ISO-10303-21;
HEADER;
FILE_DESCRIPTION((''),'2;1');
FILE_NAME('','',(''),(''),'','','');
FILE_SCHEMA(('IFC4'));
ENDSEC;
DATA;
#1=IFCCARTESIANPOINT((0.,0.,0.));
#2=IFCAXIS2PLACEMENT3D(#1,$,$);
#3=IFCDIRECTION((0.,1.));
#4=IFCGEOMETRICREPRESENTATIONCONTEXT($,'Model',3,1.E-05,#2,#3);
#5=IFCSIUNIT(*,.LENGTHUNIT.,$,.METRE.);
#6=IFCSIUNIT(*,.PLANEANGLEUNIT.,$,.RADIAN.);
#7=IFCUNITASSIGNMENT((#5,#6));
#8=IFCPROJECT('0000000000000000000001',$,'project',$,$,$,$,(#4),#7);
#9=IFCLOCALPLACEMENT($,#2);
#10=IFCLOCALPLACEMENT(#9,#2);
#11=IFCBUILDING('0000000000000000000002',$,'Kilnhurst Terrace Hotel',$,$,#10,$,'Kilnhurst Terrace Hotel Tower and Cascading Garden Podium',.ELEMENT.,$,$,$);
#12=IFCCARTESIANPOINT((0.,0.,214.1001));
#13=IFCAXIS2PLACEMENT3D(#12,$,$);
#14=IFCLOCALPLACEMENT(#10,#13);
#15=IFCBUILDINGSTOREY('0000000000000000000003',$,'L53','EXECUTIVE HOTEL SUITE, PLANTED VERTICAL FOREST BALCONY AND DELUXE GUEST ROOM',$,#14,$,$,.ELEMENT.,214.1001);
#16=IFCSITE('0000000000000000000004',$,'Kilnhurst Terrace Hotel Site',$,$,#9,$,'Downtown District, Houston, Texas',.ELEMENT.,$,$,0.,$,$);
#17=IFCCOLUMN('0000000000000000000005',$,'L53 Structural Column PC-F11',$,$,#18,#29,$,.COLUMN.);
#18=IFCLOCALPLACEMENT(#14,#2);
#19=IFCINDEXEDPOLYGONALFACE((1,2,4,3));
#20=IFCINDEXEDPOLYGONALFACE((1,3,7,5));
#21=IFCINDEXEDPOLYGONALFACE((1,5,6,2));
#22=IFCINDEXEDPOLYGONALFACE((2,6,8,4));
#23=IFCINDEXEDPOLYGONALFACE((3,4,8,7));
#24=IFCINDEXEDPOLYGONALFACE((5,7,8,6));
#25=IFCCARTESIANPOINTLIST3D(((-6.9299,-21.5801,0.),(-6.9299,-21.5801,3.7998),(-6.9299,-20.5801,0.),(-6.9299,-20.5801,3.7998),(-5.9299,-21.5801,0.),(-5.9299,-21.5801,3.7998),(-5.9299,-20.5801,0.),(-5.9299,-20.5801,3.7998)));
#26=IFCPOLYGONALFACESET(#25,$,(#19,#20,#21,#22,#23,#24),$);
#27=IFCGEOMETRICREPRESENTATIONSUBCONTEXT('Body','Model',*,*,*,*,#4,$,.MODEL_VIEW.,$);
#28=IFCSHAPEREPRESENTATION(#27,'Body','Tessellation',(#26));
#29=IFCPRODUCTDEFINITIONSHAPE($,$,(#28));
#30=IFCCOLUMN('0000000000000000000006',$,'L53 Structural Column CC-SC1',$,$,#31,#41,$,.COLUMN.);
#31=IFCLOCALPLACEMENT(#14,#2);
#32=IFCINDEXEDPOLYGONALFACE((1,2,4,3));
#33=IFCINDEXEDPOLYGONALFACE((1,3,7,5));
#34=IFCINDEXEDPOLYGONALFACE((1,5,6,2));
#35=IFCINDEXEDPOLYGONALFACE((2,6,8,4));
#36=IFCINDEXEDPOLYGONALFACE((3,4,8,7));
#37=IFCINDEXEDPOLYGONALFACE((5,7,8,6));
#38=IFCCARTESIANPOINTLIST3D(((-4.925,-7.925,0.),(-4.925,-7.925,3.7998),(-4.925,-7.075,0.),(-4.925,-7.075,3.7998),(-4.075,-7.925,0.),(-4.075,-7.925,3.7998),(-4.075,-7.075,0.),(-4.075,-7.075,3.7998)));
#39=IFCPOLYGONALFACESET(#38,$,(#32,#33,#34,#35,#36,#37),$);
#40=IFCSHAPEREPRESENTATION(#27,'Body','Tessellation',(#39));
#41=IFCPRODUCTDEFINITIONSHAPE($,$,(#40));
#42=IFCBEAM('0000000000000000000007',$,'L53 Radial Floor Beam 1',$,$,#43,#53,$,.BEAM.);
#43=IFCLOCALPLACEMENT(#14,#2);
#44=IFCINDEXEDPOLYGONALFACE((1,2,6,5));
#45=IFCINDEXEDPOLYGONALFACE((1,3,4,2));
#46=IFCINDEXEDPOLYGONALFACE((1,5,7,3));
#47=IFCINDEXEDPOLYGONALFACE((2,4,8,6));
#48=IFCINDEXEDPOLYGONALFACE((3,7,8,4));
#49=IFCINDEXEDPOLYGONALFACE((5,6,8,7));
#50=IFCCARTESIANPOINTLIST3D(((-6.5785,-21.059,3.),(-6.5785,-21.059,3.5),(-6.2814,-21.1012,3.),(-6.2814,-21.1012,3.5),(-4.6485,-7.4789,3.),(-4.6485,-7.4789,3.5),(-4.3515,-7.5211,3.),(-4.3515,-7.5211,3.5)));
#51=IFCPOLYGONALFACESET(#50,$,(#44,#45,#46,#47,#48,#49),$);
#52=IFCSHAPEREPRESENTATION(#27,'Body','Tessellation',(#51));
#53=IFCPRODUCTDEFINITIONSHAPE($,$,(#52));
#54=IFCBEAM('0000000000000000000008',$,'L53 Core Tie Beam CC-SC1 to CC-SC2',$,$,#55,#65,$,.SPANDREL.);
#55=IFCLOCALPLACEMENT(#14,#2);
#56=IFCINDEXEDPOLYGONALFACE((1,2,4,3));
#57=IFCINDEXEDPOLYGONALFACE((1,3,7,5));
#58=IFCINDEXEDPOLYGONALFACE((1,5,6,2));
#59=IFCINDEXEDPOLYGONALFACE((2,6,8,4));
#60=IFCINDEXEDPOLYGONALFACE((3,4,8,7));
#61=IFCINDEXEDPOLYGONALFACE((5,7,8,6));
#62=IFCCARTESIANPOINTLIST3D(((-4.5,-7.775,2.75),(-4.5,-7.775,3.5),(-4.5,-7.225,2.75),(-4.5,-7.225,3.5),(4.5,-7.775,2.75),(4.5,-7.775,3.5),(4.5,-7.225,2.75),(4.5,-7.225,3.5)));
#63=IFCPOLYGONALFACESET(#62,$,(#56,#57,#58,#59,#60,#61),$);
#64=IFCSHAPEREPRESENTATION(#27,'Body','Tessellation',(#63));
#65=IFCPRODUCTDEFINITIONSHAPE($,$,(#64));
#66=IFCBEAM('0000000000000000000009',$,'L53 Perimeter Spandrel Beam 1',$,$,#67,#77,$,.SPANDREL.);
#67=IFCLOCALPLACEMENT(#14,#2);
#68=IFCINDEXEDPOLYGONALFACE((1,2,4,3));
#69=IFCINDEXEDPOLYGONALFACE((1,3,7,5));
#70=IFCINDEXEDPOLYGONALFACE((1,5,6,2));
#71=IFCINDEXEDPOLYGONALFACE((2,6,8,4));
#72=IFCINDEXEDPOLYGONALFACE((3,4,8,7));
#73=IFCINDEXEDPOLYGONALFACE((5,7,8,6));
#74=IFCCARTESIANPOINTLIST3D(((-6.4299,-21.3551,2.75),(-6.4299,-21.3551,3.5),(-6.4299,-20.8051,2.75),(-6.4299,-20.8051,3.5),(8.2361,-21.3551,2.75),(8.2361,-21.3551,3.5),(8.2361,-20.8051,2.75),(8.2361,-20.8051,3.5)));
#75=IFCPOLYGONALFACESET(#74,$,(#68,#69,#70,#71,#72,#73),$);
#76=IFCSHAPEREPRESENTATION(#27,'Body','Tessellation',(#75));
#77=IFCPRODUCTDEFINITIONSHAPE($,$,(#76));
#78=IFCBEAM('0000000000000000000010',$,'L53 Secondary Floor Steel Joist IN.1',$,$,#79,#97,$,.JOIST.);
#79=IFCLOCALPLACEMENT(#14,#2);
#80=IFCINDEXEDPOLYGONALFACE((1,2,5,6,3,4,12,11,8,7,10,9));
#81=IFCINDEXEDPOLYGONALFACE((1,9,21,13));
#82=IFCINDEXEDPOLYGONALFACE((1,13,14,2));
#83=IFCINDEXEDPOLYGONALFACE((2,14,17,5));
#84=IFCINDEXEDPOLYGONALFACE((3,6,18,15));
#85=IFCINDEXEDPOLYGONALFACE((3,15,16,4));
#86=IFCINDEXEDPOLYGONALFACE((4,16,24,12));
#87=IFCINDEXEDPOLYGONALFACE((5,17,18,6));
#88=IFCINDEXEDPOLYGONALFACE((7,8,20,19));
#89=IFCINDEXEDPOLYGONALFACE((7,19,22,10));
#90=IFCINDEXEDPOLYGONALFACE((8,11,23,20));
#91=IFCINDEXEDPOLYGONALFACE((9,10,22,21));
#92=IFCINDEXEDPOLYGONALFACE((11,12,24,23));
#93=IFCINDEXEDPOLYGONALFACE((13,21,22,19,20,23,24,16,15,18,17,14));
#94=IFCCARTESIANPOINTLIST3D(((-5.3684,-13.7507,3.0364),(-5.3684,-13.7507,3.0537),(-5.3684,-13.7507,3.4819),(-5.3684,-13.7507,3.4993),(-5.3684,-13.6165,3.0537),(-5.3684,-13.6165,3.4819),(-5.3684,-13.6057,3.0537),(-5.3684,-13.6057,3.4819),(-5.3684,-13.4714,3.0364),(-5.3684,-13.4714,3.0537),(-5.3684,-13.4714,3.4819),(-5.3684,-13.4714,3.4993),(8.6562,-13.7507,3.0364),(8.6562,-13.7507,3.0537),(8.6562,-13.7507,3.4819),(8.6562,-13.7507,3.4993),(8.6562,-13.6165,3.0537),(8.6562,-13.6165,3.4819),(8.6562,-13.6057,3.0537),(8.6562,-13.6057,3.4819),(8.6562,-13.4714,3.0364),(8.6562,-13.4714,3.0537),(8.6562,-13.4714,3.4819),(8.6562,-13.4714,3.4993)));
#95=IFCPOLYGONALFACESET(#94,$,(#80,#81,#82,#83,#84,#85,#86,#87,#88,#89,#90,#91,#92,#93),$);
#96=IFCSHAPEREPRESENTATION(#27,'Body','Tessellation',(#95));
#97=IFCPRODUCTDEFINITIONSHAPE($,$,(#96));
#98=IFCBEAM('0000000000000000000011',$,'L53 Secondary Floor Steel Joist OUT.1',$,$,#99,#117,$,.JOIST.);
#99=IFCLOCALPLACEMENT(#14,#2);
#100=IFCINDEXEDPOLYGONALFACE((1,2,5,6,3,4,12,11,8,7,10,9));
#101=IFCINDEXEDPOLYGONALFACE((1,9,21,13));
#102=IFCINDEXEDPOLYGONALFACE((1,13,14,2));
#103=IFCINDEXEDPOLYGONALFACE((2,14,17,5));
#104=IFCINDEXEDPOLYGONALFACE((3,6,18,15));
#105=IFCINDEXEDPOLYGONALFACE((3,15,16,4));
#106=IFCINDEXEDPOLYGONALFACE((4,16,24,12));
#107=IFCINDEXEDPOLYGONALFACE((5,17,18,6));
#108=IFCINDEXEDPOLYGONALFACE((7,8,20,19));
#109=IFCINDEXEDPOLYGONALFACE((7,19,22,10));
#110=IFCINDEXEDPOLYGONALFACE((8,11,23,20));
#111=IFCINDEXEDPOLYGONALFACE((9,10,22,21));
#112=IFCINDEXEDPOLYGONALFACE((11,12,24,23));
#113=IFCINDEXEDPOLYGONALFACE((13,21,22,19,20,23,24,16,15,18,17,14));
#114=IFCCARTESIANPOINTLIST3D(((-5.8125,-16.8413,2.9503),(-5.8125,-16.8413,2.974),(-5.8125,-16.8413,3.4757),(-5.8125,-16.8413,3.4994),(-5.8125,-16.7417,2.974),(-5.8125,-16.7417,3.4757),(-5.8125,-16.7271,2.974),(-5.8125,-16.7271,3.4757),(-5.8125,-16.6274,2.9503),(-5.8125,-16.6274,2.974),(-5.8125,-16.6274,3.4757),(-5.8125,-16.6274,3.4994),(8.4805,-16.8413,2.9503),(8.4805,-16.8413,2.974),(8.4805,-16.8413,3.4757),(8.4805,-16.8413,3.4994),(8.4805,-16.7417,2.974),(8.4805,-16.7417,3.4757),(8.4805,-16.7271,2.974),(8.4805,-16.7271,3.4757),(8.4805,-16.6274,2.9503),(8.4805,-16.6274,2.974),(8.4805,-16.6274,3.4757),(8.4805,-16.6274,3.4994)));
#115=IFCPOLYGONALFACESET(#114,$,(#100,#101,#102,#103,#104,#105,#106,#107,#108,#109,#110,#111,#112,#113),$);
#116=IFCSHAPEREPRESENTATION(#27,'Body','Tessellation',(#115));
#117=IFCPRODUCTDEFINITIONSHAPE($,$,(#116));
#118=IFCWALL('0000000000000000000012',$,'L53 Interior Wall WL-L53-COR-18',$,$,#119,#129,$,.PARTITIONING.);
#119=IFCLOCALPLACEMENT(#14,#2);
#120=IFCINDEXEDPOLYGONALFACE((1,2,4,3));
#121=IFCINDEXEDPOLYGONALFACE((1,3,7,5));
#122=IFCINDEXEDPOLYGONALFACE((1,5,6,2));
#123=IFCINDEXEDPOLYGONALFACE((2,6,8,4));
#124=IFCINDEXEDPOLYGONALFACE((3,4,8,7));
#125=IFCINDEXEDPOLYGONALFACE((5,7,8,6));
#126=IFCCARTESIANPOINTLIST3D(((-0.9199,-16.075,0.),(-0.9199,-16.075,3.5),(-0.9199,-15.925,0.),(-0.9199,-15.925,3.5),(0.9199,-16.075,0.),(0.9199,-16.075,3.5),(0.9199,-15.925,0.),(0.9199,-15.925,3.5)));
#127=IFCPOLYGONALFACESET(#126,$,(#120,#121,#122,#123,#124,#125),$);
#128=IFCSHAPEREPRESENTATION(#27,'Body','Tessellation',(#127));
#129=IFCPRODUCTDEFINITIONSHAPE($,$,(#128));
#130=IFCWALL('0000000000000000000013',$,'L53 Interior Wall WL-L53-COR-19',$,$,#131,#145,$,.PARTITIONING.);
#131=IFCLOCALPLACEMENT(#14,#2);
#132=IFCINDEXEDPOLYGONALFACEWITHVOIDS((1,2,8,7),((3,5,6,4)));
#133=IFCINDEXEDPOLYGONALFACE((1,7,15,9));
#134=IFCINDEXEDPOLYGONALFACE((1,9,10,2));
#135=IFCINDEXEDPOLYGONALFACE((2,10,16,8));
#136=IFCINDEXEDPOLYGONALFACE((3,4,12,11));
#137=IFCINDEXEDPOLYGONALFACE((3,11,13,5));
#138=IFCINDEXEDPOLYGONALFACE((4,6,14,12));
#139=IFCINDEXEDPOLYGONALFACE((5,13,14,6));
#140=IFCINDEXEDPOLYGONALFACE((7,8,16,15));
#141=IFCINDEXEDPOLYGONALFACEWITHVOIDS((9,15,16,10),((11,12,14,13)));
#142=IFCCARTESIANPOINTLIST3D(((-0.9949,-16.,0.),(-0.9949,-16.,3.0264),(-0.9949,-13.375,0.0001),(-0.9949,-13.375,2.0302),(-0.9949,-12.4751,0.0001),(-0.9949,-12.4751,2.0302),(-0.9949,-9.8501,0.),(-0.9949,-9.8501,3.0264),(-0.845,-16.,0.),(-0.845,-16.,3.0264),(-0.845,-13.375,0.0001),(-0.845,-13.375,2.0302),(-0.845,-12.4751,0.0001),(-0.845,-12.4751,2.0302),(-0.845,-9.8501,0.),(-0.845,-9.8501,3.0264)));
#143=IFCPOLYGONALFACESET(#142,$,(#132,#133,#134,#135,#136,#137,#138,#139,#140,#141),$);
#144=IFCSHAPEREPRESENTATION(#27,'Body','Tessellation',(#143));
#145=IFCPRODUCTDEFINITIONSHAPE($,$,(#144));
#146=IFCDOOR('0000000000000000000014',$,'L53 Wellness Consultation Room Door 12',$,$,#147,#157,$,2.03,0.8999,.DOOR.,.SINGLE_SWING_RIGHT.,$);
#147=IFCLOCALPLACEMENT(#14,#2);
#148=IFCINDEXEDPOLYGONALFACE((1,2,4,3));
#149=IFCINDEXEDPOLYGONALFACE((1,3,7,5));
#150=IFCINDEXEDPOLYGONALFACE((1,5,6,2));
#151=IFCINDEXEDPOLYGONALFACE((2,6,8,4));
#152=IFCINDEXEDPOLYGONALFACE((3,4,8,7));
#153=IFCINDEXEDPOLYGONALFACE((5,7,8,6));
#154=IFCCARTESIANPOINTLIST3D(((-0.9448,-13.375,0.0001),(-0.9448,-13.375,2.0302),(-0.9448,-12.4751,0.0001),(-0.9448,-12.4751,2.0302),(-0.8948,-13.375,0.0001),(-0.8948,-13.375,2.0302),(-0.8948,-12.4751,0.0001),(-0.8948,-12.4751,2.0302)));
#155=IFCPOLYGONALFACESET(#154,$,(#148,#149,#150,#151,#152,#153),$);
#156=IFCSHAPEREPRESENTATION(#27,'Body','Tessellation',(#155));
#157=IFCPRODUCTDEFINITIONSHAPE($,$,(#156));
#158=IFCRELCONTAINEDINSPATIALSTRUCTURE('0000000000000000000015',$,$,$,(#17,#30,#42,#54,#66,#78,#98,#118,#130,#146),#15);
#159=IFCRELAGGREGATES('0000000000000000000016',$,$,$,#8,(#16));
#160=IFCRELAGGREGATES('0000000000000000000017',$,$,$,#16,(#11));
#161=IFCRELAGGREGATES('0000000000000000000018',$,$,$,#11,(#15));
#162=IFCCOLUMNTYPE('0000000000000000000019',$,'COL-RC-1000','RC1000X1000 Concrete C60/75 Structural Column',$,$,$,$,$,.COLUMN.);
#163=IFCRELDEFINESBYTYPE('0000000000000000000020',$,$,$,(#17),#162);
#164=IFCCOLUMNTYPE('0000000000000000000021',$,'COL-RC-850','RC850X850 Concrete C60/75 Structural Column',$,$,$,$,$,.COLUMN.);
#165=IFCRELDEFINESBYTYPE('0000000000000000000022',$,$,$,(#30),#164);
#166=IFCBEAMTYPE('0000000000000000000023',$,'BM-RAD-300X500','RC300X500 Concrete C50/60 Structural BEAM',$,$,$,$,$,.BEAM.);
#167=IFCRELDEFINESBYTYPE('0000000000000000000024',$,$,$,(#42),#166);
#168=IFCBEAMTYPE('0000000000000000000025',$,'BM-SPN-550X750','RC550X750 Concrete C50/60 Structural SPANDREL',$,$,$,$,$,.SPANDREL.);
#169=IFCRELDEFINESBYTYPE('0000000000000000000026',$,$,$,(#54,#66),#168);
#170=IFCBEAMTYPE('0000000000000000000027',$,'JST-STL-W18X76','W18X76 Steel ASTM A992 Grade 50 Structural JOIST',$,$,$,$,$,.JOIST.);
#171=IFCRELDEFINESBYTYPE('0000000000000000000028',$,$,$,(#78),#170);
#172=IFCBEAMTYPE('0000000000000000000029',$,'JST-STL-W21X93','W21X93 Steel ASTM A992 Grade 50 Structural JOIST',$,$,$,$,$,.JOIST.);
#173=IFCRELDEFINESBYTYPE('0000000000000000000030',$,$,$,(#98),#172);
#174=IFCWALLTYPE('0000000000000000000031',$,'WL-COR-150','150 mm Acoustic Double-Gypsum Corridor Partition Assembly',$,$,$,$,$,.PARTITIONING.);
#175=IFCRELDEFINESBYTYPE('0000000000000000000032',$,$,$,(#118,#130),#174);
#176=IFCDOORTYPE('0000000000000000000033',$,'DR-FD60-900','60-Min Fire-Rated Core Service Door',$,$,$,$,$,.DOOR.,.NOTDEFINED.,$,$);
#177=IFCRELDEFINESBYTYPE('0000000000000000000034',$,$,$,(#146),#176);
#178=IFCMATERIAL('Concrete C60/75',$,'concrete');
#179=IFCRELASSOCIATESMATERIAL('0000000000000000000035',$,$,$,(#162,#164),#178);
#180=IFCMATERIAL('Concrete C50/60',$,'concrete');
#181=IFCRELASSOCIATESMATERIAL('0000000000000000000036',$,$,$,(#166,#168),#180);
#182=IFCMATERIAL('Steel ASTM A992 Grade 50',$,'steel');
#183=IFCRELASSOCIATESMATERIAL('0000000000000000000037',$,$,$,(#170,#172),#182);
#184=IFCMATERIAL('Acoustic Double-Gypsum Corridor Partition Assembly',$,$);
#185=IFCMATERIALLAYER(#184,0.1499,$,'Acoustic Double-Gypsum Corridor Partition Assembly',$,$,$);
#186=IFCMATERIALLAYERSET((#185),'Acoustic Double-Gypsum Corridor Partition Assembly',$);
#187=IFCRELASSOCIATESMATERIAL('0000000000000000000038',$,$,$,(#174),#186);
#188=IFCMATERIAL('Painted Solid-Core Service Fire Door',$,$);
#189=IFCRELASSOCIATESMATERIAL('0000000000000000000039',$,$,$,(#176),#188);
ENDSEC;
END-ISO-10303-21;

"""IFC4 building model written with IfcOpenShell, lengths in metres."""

from ifc_helpers import new_model, si_unit, direction, frame, frame_2d, origin, origin_2d, place, context, subcontext, project, spatial, rectangle, i_section, extrude, material, layer, layer_set, material_profile, profile_set, type_object, element, fill, save


model = new_model("IFC4")

# Units and contexts
model_context = context("Model", 3, precision=1e-05, world=origin(), true_north=direction((0.0, 1.0)))
body_context = subcontext(model_context, "Body", "Model", "MODEL_VIEW")
ifc_project = project(units=[si_unit("LENGTHUNIT", "METRE"), si_unit("PLANEANGLEUNIT", "RADIAN")], contexts=[model_context])

# Site, building, storey
site_placement = place(None, origin())
site = spatial("IfcSite", under=ifc_project, at=site_placement, Name="Kilnhurst Terrace Hotel Site", LongName="Downtown District, Houston, Texas", CompositionType="ELEMENT", RefElevation=0.0)
building_placement = place(site_placement, origin())
building = spatial("IfcBuilding", under=site, at=building_placement, Name="Kilnhurst Terrace Hotel", LongName="Kilnhurst Terrace Hotel Tower and Cascading Garden Podium", CompositionType="ELEMENT")
storey_placement = place(building_placement, frame((0.0, 0.0, 214.1001)))
storey = spatial("IfcBuildingStorey", under=building, at=storey_placement, Name="L53", Description="EXECUTIVE HOTEL SUITE, PLANTED VERTICAL FOREST BALCONY AND DELUXE GUEST ROOM", CompositionType="ELEMENT", Elevation=214.1001)

# Columns
ifc_material_1 = material(Name="Concrete C60/75", Category="concrete")
ifc_material_profile_1 = material_profile(ifc_material_1, rectangle(XDim=1.0, YDim=1.0, at=origin_2d()), Name="RC1000X1000")
ifc_profile_set_1 = profile_set([ifc_material_profile_1], Name="Concrete C60/75")
column_type_1 = type_object("IfcColumnType", Name="COL-RC-1000", Description="RC1000X1000 Concrete C60/75 Structural Column", PredefinedType="COLUMN", material=ifc_profile_set_1)
column_1_placement = place(storey_placement, frame((-6.4299, -21.0801, 0.0), z_axis=(0.0, 0.0, 1.0), x_axis=(1.0, 0.0, 0.0)))
element("IfcColumn", 1, at=column_1_placement, inside=storey, type_object=column_type_1, Name="L53 Structural Column PC-F11", PredefinedType="COLUMN", context=body_context, shape_type="SweptSolid", body=[
    extrude(rectangle(XDim=1.0, YDim=1.0, at=origin_2d()), origin(), (0.0, 0.0, 1.0), 3.7998),
])
ifc_material_profile_2 = material_profile(ifc_material_1, rectangle(XDim=0.8501, YDim=0.8501, at=origin_2d()), Name="RC850X850")
ifc_profile_set_2 = profile_set([ifc_material_profile_2], Name="Concrete C60/75")
column_type_2 = type_object("IfcColumnType", Name="COL-RC-850", Description="RC850X850 Concrete C60/75 Structural Column", PredefinedType="COLUMN", material=ifc_profile_set_2)
column_2_placement = place(storey_placement, frame((-4.5, -7.5, 0.0), z_axis=(0.0, 0.0, 1.0), x_axis=(1.0, 0.0, 0.0)))
element("IfcColumn", 2, at=column_2_placement, inside=storey, type_object=column_type_2, Name="L53 Structural Column CC-SC1", PredefinedType="COLUMN", context=body_context, shape_type="SweptSolid", body=[
    extrude(rectangle(XDim=0.8501, YDim=0.8501, at=origin_2d()), origin(), (0.0, 0.0, 1.0), 3.7998),
])

# Beams
ifc_material_2 = material(Name="Concrete C50/60", Category="concrete")
ifc_material_profile_3 = material_profile(ifc_material_2, rectangle(XDim=0.3, YDim=0.5, at=origin_2d()), Name="RC300X500")
ifc_profile_set_3 = profile_set([ifc_material_profile_3], Name="Concrete C50/60")
beam_type_1 = type_object("IfcBeamType", Name="BM-RAD-300X500", Description="RC300X500 Concrete C50/60 Structural BEAM", PredefinedType="BEAM", material=ifc_profile_set_3)
beam_1_placement = place(storey_placement, frame((-4.5, -7.5, 3.25), z_axis=(-0.140701, -0.990052, 0.0), x_axis=(0.990052, -0.140701, 0.0)))
element("IfcBeam", 3, at=beam_1_placement, inside=storey, type_object=beam_type_1, Name="L53 Radial Floor Beam 1", PredefinedType="BEAM", context=body_context, shape_type="SweptSolid", body=[
    extrude(rectangle(XDim=0.3, YDim=0.5, at=origin_2d()), origin(), (0.0, 0.0, 1.0), 13.7166),
])
ifc_material_profile_4 = material_profile(ifc_material_2, rectangle(XDim=0.55, YDim=0.75, at=origin_2d()), Name="RC550X750")
ifc_profile_set_4 = profile_set([ifc_material_profile_4], Name="Concrete C50/60")
beam_type_2 = type_object("IfcBeamType", Name="BM-SPN-550X750", Description="RC550X750 Concrete C50/60 Structural SPANDREL", PredefinedType="SPANDREL", material=ifc_profile_set_4)
beam_2_placement = place(storey_placement, frame((-4.5, -7.5, 3.125), z_axis=(1.0, 0.0, 0.0), x_axis=(0.0, 1.0, 0.0)))
element("IfcBeam", 4, at=beam_2_placement, inside=storey, type_object=beam_type_2, Name="L53 Core Tie Beam CC-SC1 to CC-SC2", PredefinedType="SPANDREL", context=body_context, shape_type="SweptSolid", body=[
    extrude(rectangle(XDim=0.55, YDim=0.75, at=origin_2d()), origin(), (0.0, 0.0, 1.0), 9.0),
])
beam_3_placement = place(storey_placement, frame((-6.4299, -21.0801, 3.125), z_axis=(1.0, 0.0, 0.0), x_axis=(0.0, 1.0, 0.0)))
element("IfcBeam", 5, at=beam_3_placement, inside=storey, type_object=beam_type_2, Name="L53 Perimeter Spandrel Beam 1", PredefinedType="SPANDREL", context=body_context, shape_type="SweptSolid", body=[
    extrude(rectangle(XDim=0.55, YDim=0.75, at=origin_2d()), origin(), (0.0, 0.0, 1.0), 14.666),
])
ifc_material_3 = material(Name="Steel ASTM A992 Grade 50", Category="steel")
ifc_material_profile_5 = material_profile(ifc_material_3, i_section(OverallWidth=0.2793, OverallDepth=0.4629, WebThickness=0.0107, FlangeThickness=0.0173, at=origin_2d()), Name="W18X76")
ifc_profile_set_5 = profile_set([ifc_material_profile_5], Name="Steel ASTM A992 Grade 50")
beam_type_3 = type_object("IfcBeamType", Name="JST-STL-W18X76", Description="W18X76 Steel ASTM A992 Grade 50 Structural JOIST", PredefinedType="JOIST", material=ifc_profile_set_5)
beam_4_placement = place(storey_placement, frame((-5.3684, -13.6111, 3.2678), z_axis=(1.0, 0.0, 0.0), x_axis=(0.0, 1.0, 0.0)))
element("IfcBeam", 6, at=beam_4_placement, inside=storey, type_object=beam_type_3, Name="L53 Secondary Floor Steel Joist IN.1", PredefinedType="JOIST", context=body_context, shape_type="SweptSolid", body=[
    extrude(i_section(OverallWidth=0.2793, OverallDepth=0.4629, WebThickness=0.0107, FlangeThickness=0.0173, at=origin_2d()), origin(), (0.0, 0.0, 1.0), 14.0247),
])
ifc_material_profile_6 = material_profile(ifc_material_3, i_section(OverallWidth=0.2139, OverallDepth=0.5491, WebThickness=0.0146, FlangeThickness=0.0237, at=origin_2d()), Name="W21X93")
ifc_profile_set_6 = profile_set([ifc_material_profile_6], Name="Steel ASTM A992 Grade 50")
beam_type_4 = type_object("IfcBeamType", Name="JST-STL-W21X93", Description="W21X93 Steel ASTM A992 Grade 50 Structural JOIST", PredefinedType="JOIST", material=ifc_profile_set_6)
beam_5_placement = place(storey_placement, frame((-5.8125, -16.7344, 3.2249), z_axis=(1.0, 0.0, 0.0), x_axis=(0.0, 1.0, 0.0)))
element("IfcBeam", 7, at=beam_5_placement, inside=storey, type_object=beam_type_4, Name="L53 Secondary Floor Steel Joist OUT.1", PredefinedType="JOIST", context=body_context, shape_type="SweptSolid", body=[
    extrude(i_section(OverallWidth=0.2139, OverallDepth=0.5491, WebThickness=0.0146, FlangeThickness=0.0237, at=origin_2d()), origin(), (0.0, 0.0, 1.0), 14.293),
])

# Wall
ifc_material_4 = material(Name="Acoustic Double-Gypsum Corridor Partition Assembly")
ifc_layer_1 = layer(ifc_material_4, 0.1499, Name="Acoustic Double-Gypsum Corridor Partition Assembly")
ifc_layer_set_1 = layer_set([ifc_layer_1], Name="Acoustic Double-Gypsum Corridor Partition Assembly")
wall_type_1 = type_object("IfcWallType", Name="WL-COR-150", Description="150 mm Acoustic Double-Gypsum Corridor Partition Assembly", PredefinedType="PARTITIONING", material=ifc_layer_set_1)
wall_1_placement = place(storey_placement, frame((0.9199, -16.0, 0.0), z_axis=(0.0, 0.0, 1.0), x_axis=(-1.0, 0.0, 0.0)))
element("IfcWall", 8, at=wall_1_placement, inside=storey, type_object=wall_type_1, Name="L53 Interior Wall WL-L53-COR-18", PredefinedType="PARTITIONING", context=body_context, shape_type="SweptSolid", body=[
    extrude(rectangle(XDim=1.8398, YDim=0.1499, at=frame_2d((0.9199, 0.0))), origin(), (0.0, 0.0, 1.0), 3.5),
])

# Wall, opening, door
wall_2_placement = place(storey_placement, frame((-0.9199, -16.0, 0.0), z_axis=(0.0, 0.0, 1.0), x_axis=(0.0, 1.0, 0.0)))
wall_2 = element("IfcWall", 9, at=wall_2_placement, inside=storey, type_object=wall_type_1, Name="L53 Interior Wall WL-L53-COR-19", PredefinedType="PARTITIONING", context=body_context, shape_type="SweptSolid", body=[
    extrude(rectangle(XDim=6.1499, YDim=0.1499, at=frame_2d((3.075, 0.0))), origin(), (0.0, 0.0, 1.0), 3.0264),
])
opening_1_placement = place(wall_2_placement, frame((2.625, 0.0, 0.0)))
opening_1 = element("IfcOpeningElement", 10, at=opening_1_placement, cuts=wall_2, PredefinedType="OPENING", context=body_context, shape_type="SweptSolid", body=[
    extrude(rectangle(XDim=0.8999, YDim=2.03, at=frame_2d((0.45, 1.0151))), frame((0.0, 0.085, 0.0), z_axis=(0.0, -1.0, 0.0), x_axis=(1.0, 0.0, 0.0)), (0.0, 0.0, 1.0), 0.1699),
])
ifc_material_5 = material(Name="Painted Solid-Core Service Fire Door")
door_type_1 = type_object("IfcDoorType", Name="DR-FD60-900", Description="60-Min Fire-Rated Core Service Door", OperationType="NOTDEFINED", PredefinedType="DOOR", material=ifc_material_5)
door_1_placement = place(opening_1_placement, origin())
door_1 = element("IfcDoor", 11, at=door_1_placement, inside=storey, type_object=door_type_1, Name="L53 Wellness Consultation Room Door 12", OperationType="SINGLE_SWING_RIGHT", OverallHeight=2.03, OverallWidth=0.8999, PredefinedType="DOOR", context=body_context, shape_type="SweptSolid", body=[
    extrude(rectangle(XDim=0.8999, YDim=2.03, at=frame_2d((0.45, 1.0151))), frame((0.0, 0.0249, 0.0), z_axis=(0.0, -1.0, 0.0), x_axis=(1.0, 0.0, 0.0)), (0.0, 0.0, 1.0), 0.05),
])
fill(opening_1, door_1)

save(model, "model.ifc")
